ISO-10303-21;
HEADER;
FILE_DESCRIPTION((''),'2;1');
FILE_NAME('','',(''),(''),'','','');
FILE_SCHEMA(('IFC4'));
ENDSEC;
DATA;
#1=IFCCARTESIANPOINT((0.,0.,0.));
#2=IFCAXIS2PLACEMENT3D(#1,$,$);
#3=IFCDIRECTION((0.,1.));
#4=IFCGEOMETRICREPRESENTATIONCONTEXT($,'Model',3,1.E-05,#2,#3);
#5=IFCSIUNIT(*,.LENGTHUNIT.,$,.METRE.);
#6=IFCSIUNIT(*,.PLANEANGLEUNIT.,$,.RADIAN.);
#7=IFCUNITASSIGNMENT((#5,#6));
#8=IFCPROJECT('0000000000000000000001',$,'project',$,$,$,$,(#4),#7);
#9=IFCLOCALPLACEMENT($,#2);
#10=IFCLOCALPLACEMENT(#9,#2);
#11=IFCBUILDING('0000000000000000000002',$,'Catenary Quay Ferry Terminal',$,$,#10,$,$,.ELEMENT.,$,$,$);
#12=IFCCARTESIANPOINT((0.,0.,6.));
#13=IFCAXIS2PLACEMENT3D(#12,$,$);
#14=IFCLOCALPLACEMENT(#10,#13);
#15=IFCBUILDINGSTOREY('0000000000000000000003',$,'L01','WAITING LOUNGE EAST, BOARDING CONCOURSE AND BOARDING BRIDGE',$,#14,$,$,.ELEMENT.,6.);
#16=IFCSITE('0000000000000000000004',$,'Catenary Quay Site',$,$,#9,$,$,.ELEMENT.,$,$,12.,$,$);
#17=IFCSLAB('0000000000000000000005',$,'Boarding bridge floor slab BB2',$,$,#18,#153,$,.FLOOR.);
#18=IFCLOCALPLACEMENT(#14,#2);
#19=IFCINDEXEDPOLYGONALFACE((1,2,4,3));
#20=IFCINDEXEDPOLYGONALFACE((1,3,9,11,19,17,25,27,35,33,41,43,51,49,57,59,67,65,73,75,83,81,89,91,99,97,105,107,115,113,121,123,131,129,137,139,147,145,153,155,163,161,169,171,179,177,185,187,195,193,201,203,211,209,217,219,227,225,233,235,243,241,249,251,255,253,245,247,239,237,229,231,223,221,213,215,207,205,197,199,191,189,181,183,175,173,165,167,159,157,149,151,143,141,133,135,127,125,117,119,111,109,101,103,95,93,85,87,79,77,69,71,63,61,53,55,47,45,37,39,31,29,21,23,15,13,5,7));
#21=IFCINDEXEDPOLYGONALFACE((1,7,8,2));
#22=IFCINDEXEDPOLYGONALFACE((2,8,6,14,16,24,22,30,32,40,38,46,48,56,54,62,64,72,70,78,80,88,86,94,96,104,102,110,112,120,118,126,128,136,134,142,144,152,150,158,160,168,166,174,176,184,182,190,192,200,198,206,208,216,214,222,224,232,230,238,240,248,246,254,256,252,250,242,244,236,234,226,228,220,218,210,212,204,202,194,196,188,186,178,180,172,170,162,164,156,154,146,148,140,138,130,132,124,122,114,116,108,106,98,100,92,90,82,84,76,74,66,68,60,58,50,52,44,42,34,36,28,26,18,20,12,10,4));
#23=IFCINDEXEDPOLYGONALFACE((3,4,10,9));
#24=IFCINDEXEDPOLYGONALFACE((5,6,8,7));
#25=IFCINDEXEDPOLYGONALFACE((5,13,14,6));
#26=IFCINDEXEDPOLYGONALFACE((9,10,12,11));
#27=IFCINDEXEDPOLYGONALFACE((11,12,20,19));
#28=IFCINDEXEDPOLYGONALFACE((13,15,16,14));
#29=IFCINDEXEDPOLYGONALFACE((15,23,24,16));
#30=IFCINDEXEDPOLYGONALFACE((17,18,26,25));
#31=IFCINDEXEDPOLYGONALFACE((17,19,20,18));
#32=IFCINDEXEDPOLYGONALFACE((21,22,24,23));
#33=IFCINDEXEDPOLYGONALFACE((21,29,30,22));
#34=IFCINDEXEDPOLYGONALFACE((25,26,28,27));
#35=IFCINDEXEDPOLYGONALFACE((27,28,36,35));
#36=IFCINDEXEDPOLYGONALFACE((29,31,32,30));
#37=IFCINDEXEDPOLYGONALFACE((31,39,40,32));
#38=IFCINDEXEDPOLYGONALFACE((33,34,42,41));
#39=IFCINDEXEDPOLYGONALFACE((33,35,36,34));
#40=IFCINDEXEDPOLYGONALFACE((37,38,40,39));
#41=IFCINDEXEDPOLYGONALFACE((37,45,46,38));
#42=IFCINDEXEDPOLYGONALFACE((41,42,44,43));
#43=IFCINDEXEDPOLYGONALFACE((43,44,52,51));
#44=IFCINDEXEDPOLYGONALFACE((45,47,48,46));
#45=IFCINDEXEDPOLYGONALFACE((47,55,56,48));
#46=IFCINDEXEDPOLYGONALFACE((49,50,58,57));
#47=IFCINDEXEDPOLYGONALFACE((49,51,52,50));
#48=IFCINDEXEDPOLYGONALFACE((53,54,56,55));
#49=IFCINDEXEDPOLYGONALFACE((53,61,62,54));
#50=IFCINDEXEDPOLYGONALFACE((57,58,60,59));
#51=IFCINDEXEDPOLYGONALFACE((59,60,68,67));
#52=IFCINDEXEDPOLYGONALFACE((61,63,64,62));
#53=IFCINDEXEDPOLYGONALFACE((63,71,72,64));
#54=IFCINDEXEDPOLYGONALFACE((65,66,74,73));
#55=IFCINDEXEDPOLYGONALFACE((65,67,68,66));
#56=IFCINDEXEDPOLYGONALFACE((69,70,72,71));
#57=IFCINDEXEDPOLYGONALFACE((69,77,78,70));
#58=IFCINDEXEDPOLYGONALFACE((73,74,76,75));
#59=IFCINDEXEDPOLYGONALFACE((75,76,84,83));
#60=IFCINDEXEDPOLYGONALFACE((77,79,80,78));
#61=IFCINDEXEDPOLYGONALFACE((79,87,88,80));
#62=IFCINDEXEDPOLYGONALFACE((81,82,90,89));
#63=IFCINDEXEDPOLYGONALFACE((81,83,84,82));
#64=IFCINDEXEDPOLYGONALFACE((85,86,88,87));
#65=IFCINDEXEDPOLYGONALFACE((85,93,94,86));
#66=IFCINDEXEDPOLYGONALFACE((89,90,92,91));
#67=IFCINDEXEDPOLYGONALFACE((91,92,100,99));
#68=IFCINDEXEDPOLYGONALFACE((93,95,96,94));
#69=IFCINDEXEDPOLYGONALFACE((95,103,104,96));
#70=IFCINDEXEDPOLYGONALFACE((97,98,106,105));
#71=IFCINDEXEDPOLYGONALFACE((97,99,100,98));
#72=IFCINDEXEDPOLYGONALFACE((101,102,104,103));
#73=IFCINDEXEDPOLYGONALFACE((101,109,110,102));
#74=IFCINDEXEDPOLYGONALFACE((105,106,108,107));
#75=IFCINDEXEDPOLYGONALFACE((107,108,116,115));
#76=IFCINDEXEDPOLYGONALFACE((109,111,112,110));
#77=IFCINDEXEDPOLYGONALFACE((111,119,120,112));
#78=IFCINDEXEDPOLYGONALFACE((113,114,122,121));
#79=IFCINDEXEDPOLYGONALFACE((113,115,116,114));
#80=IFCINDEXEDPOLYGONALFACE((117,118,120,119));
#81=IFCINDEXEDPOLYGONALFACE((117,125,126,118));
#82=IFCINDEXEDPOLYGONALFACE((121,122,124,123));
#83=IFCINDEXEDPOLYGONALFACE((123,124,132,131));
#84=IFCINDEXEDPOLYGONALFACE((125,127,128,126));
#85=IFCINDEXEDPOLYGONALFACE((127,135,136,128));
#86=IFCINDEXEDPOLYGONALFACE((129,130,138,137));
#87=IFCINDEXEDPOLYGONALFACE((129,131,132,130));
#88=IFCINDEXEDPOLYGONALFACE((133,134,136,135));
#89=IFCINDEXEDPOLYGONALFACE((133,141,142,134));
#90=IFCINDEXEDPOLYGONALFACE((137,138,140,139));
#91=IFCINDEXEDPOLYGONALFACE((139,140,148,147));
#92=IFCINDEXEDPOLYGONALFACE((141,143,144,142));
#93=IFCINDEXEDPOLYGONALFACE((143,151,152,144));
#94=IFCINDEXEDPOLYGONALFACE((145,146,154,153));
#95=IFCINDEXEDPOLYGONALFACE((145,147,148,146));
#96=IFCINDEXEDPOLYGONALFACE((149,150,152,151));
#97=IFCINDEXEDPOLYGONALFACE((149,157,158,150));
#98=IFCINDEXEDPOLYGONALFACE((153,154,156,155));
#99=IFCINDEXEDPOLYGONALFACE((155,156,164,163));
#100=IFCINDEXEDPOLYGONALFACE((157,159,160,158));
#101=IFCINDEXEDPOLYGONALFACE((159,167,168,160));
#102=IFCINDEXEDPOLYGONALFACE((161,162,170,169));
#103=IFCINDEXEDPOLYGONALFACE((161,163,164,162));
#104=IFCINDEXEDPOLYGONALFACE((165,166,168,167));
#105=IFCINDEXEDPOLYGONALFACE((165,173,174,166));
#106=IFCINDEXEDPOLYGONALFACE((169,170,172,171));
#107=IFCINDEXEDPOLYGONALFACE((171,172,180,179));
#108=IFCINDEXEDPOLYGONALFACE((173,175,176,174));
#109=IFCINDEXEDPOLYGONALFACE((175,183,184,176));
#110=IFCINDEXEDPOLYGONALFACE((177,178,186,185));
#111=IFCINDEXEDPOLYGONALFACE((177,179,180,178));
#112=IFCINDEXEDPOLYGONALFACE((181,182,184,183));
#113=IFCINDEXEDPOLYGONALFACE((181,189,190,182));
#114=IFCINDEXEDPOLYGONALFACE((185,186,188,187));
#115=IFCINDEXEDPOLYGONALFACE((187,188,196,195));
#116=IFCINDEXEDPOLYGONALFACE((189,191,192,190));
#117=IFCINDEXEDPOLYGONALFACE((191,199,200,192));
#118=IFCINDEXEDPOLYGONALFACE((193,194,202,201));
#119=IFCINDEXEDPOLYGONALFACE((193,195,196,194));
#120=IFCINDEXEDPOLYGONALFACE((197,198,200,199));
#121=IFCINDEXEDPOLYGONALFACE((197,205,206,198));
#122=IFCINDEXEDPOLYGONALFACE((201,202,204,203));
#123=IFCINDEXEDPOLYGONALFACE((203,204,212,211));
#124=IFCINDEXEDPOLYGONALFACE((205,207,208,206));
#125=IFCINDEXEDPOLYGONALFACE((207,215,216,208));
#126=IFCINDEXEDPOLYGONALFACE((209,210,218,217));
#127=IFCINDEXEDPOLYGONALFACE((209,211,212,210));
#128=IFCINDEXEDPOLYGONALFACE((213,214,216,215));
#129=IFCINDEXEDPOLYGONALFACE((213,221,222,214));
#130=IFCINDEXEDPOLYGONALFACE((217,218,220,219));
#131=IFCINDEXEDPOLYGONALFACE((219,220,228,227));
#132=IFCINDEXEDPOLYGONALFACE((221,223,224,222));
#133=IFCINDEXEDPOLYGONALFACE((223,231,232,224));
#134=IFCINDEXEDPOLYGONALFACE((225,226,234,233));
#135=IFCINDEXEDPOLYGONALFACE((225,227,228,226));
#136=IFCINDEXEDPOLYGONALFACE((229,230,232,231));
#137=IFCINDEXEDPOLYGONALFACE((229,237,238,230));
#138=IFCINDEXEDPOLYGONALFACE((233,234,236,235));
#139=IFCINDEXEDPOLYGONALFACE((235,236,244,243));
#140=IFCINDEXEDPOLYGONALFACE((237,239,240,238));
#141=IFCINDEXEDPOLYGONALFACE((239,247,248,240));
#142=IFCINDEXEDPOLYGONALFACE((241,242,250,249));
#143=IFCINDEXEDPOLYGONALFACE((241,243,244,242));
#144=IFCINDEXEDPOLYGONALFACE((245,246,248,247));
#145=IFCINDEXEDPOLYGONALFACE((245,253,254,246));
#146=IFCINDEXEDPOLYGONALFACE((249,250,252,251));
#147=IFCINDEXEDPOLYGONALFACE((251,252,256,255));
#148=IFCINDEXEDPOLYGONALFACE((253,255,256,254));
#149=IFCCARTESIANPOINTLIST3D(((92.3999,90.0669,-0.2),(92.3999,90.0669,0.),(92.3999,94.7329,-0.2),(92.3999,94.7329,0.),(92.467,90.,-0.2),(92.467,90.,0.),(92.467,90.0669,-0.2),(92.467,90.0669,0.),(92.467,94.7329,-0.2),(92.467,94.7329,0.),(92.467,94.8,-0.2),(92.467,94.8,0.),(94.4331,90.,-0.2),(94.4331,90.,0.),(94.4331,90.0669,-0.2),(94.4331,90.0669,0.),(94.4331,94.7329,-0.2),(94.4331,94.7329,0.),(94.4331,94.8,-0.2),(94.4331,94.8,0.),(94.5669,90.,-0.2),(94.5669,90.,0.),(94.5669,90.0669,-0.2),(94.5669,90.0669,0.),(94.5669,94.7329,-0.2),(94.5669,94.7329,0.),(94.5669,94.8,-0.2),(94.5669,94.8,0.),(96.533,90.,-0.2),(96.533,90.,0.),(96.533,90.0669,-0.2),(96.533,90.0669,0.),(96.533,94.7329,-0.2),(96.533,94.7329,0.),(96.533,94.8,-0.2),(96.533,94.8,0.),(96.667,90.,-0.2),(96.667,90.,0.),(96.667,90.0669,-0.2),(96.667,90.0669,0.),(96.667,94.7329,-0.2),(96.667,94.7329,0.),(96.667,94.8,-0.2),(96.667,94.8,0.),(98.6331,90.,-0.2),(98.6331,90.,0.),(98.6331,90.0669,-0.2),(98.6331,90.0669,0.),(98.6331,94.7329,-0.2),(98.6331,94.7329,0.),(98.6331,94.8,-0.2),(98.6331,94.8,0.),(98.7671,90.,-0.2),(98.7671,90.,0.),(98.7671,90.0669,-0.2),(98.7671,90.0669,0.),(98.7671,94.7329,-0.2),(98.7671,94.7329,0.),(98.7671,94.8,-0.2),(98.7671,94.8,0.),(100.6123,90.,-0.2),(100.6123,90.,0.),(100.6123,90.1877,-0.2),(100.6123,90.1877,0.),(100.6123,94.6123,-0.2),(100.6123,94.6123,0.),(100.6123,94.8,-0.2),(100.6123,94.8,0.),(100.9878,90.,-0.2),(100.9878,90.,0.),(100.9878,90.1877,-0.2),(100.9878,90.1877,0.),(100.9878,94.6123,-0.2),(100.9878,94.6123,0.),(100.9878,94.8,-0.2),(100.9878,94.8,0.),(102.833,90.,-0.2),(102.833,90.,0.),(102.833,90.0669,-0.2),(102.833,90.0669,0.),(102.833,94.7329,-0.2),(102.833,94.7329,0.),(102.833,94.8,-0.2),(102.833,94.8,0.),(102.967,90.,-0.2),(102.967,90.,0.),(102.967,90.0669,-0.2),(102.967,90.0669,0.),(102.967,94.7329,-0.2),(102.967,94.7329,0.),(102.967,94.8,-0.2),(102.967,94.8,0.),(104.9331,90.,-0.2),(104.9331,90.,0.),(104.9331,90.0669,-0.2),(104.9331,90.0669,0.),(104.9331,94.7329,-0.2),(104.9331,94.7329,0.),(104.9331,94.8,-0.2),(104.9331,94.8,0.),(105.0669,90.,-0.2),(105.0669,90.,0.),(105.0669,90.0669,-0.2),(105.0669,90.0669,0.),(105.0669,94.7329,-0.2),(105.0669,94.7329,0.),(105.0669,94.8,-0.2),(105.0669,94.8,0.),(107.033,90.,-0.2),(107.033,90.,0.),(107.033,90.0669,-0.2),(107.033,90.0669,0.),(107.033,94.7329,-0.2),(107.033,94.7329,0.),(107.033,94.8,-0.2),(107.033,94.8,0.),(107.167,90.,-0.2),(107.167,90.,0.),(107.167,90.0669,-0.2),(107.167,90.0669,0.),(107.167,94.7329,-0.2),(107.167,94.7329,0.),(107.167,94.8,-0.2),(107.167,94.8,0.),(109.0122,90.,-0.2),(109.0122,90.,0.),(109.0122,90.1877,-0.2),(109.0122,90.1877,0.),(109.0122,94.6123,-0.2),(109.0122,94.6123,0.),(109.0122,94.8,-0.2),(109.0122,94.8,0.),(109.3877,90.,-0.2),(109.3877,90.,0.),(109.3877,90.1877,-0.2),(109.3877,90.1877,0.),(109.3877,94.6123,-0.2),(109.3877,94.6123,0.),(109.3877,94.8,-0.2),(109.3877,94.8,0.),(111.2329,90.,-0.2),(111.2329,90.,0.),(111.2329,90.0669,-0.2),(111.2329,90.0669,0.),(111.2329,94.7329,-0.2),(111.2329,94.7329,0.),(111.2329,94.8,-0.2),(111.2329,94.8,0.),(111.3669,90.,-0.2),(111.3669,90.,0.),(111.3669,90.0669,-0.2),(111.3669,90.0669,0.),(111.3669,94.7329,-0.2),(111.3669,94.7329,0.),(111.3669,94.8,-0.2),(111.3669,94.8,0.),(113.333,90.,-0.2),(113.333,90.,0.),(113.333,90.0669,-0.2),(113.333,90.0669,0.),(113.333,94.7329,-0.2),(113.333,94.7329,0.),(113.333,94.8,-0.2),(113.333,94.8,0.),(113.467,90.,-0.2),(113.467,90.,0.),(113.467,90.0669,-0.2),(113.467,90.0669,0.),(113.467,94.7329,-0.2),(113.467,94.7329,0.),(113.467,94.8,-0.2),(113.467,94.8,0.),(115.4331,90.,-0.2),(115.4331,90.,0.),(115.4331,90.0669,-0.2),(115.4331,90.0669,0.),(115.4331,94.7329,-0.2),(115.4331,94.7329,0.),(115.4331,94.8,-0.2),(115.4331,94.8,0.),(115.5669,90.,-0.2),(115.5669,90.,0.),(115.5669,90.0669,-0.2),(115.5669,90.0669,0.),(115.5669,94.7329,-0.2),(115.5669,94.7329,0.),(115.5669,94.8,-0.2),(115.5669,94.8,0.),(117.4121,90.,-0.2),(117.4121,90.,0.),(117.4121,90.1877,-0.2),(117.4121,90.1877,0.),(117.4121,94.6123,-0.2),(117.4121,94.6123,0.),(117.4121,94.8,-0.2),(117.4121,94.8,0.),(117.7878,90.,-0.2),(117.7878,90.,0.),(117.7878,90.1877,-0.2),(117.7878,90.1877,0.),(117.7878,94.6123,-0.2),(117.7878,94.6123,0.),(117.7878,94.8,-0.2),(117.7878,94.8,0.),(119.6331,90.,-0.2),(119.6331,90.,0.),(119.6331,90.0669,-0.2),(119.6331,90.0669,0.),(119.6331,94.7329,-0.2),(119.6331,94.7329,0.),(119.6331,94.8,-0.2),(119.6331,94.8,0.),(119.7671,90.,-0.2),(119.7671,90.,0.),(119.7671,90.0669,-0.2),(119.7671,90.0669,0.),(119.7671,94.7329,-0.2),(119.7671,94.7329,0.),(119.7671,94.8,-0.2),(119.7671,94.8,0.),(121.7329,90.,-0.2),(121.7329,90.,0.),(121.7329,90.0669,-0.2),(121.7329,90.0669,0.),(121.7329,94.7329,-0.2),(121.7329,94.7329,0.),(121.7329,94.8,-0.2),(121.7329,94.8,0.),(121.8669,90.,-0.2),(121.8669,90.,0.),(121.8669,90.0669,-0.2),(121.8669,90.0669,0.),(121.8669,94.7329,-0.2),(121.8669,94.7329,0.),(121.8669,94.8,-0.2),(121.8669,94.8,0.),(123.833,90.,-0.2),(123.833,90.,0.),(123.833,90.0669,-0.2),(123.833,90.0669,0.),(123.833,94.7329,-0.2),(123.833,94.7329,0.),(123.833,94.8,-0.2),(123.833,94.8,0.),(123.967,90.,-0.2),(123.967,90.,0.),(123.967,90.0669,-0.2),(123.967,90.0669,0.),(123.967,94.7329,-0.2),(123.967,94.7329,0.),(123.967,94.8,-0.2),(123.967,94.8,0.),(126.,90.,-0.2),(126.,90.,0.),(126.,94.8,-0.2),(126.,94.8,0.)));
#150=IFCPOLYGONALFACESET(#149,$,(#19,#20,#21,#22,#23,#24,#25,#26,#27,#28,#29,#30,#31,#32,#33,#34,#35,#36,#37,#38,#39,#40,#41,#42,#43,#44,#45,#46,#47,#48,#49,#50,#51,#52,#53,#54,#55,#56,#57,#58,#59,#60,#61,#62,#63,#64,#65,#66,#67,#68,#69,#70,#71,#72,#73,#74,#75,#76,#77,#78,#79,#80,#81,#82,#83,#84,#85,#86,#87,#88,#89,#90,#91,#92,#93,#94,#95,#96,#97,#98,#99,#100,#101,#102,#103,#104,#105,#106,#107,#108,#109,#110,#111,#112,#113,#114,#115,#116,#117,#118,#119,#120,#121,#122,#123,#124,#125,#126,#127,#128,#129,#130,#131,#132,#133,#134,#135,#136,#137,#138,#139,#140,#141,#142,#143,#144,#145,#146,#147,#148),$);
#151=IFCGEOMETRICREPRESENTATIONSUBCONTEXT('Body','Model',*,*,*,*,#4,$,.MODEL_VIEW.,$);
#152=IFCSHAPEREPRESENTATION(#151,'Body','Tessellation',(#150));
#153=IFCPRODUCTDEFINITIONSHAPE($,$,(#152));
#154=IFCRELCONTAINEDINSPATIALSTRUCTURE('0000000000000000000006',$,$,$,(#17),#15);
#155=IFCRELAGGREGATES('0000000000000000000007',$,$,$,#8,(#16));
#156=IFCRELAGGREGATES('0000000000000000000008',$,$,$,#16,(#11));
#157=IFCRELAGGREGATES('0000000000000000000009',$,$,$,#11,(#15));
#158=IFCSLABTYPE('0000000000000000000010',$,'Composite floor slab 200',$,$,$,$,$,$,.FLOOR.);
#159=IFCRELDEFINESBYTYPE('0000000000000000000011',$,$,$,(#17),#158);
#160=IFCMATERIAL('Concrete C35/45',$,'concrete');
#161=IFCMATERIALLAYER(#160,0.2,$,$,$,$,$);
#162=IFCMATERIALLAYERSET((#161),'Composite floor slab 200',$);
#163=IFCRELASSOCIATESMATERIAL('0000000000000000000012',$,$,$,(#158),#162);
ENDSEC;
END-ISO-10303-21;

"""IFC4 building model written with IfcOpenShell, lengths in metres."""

from ifc_helpers import new_model, si_unit, direction, frame, origin, place, context, subcontext, project, spatial, polyline, outline, extrude, material, layer, layer_set, type_object, element, save


model = new_model("IFC4")

# Units and contexts
model_context = context("Model", 3, precision=1e-05, world=origin(), true_north=direction((0.0, 1.0)))
body_context = subcontext(model_context, "Body", "Model", "MODEL_VIEW")
ifc_project = project(units=[si_unit("LENGTHUNIT", "METRE"), si_unit("PLANEANGLEUNIT", "RADIAN")], contexts=[model_context])

# Site, building, storey
site_placement = place(None, origin())
site = spatial("IfcSite", under=ifc_project, at=site_placement, Name="Catenary Quay Site", CompositionType="ELEMENT", RefElevation=12.0)
building_placement = place(site_placement, origin())
building = spatial("IfcBuilding", under=site, at=building_placement, Name="Catenary Quay Ferry Terminal", CompositionType="ELEMENT")
storey_placement = place(building_placement, frame((0.0, 0.0, 6.0)))
storey = spatial("IfcBuildingStorey", under=building, at=storey_placement, Name="L01", Description="WAITING LOUNGE EAST, BOARDING CONCOURSE AND BOARDING BRIDGE", CompositionType="ELEMENT", Elevation=6.0)

# Slab
ifc_material_1 = material(Name="Concrete C35/45", Category="concrete")
ifc_layer_1 = layer(ifc_material_1, 0.2)
ifc_layer_set_1 = layer_set([ifc_layer_1], Name="Composite floor slab 200")
slab_type = type_object("IfcSlabType", Name="Composite floor slab 200", PredefinedType="FLOOR", material=ifc_layer_set_1)
slab_1_placement = place(storey_placement, frame((0.0, 0.0, -0.2)))
element("IfcSlab", 1, at=slab_1_placement, inside=storey, type_object=slab_type, Name="Boarding bridge floor slab BB2", PredefinedType="FLOOR", context=body_context, shape_type="SweptSolid", body=[
    extrude(outline(polyline([(126.0, 94.8), (126.0, 90.0), (123.967, 90.0), (123.967, 90.0669), (123.833, 90.0669), (123.833, 90.0), (121.8669, 90.0), (121.8669, 90.0669), (121.7329, 90.0669), (121.7329, 90.0), (119.7671, 90.0), (119.7671, 90.0669), (119.6331, 90.0669), (119.6331, 90.0), (117.7878, 90.0), (117.7878, 90.1877), (117.4121, 90.1877), (117.4121, 90.0), (115.5669, 90.0), (115.5669, 90.0669), (115.4331, 90.0669), (115.4331, 90.0), (113.467, 90.0), (113.467, 90.0669), (113.333, 90.0669), (113.333, 90.0), (111.3669, 90.0), (111.3669, 90.0669), (111.2329, 90.0669), (111.2329, 90.0), (109.3877, 90.0), (109.3877, 90.1877), (109.0122, 90.1877), (109.0122, 90.0), (107.167, 90.0), (107.167, 90.0669), (107.033, 90.0669), (107.033, 90.0), (105.0669, 90.0), (105.0669, 90.0669), (104.9331, 90.0669), (104.9331, 90.0), (102.967, 90.0), (102.967, 90.0669), (102.833, 90.0669), (102.833, 90.0), (100.9878, 90.0), (100.9878, 90.1877), (100.6123, 90.1877), (100.6123, 90.0), (98.7671, 90.0), (98.7671, 90.0669), (98.6331, 90.0669), (98.6331, 90.0), (96.667, 90.0), (96.667, 90.0669), (96.533, 90.0669), (96.533, 90.0), (94.5669, 90.0), (94.5669, 90.0669), (94.4331, 90.0669), (94.4331, 90.0), (92.467, 90.0), (92.467, 90.0669), (92.3999, 90.0669), (92.3999, 94.7329), (92.467, 94.7329), (92.467, 94.8), (94.4331, 94.8), (94.4331, 94.7329), (94.5669, 94.7329), (94.5669, 94.8), (96.533, 94.8), (96.533, 94.7329), (96.667, 94.7329), (96.667, 94.8), (98.6331, 94.8), (98.6331, 94.7329), (98.7671, 94.7329), (98.7671, 94.8), (100.6123, 94.8), (100.6123, 94.6123), (100.9878, 94.6123), (100.9878, 94.8), (102.833, 94.8), (102.833, 94.7329), (102.967, 94.7329), (102.967, 94.8), (104.9331, 94.8), (104.9331, 94.7329), (105.0669, 94.7329), (105.0669, 94.8), (107.033, 94.8), (107.033, 94.7329), (107.167, 94.7329), (107.167, 94.8), (109.0122, 94.8), (109.0122, 94.6123), (109.3877, 94.6123), (109.3877, 94.8), (111.2329, 94.8), (111.2329, 94.7329), (111.3669, 94.7329), (111.3669, 94.8), (113.333, 94.8), (113.333, 94.7329), (113.467, 94.7329), (113.467, 94.8), (115.4331, 94.8), (115.4331, 94.7329), (115.5669, 94.7329), (115.5669, 94.8), (117.4121, 94.8), (117.4121, 94.6123), (117.7878, 94.6123), (117.7878, 94.8), (119.6331, 94.8), (119.6331, 94.7329), (119.7671, 94.7329), (119.7671, 94.8), (121.7329, 94.8), (121.7329, 94.7329), (121.8669, 94.7329), (121.8669, 94.8), (123.833, 94.8), (123.833, 94.7329), (123.967, 94.7329), (123.967, 94.8), (126.0, 94.8)])), origin(), (0.0, 0.0, 1.0), 0.2),
])

save(model, "model.ifc")
